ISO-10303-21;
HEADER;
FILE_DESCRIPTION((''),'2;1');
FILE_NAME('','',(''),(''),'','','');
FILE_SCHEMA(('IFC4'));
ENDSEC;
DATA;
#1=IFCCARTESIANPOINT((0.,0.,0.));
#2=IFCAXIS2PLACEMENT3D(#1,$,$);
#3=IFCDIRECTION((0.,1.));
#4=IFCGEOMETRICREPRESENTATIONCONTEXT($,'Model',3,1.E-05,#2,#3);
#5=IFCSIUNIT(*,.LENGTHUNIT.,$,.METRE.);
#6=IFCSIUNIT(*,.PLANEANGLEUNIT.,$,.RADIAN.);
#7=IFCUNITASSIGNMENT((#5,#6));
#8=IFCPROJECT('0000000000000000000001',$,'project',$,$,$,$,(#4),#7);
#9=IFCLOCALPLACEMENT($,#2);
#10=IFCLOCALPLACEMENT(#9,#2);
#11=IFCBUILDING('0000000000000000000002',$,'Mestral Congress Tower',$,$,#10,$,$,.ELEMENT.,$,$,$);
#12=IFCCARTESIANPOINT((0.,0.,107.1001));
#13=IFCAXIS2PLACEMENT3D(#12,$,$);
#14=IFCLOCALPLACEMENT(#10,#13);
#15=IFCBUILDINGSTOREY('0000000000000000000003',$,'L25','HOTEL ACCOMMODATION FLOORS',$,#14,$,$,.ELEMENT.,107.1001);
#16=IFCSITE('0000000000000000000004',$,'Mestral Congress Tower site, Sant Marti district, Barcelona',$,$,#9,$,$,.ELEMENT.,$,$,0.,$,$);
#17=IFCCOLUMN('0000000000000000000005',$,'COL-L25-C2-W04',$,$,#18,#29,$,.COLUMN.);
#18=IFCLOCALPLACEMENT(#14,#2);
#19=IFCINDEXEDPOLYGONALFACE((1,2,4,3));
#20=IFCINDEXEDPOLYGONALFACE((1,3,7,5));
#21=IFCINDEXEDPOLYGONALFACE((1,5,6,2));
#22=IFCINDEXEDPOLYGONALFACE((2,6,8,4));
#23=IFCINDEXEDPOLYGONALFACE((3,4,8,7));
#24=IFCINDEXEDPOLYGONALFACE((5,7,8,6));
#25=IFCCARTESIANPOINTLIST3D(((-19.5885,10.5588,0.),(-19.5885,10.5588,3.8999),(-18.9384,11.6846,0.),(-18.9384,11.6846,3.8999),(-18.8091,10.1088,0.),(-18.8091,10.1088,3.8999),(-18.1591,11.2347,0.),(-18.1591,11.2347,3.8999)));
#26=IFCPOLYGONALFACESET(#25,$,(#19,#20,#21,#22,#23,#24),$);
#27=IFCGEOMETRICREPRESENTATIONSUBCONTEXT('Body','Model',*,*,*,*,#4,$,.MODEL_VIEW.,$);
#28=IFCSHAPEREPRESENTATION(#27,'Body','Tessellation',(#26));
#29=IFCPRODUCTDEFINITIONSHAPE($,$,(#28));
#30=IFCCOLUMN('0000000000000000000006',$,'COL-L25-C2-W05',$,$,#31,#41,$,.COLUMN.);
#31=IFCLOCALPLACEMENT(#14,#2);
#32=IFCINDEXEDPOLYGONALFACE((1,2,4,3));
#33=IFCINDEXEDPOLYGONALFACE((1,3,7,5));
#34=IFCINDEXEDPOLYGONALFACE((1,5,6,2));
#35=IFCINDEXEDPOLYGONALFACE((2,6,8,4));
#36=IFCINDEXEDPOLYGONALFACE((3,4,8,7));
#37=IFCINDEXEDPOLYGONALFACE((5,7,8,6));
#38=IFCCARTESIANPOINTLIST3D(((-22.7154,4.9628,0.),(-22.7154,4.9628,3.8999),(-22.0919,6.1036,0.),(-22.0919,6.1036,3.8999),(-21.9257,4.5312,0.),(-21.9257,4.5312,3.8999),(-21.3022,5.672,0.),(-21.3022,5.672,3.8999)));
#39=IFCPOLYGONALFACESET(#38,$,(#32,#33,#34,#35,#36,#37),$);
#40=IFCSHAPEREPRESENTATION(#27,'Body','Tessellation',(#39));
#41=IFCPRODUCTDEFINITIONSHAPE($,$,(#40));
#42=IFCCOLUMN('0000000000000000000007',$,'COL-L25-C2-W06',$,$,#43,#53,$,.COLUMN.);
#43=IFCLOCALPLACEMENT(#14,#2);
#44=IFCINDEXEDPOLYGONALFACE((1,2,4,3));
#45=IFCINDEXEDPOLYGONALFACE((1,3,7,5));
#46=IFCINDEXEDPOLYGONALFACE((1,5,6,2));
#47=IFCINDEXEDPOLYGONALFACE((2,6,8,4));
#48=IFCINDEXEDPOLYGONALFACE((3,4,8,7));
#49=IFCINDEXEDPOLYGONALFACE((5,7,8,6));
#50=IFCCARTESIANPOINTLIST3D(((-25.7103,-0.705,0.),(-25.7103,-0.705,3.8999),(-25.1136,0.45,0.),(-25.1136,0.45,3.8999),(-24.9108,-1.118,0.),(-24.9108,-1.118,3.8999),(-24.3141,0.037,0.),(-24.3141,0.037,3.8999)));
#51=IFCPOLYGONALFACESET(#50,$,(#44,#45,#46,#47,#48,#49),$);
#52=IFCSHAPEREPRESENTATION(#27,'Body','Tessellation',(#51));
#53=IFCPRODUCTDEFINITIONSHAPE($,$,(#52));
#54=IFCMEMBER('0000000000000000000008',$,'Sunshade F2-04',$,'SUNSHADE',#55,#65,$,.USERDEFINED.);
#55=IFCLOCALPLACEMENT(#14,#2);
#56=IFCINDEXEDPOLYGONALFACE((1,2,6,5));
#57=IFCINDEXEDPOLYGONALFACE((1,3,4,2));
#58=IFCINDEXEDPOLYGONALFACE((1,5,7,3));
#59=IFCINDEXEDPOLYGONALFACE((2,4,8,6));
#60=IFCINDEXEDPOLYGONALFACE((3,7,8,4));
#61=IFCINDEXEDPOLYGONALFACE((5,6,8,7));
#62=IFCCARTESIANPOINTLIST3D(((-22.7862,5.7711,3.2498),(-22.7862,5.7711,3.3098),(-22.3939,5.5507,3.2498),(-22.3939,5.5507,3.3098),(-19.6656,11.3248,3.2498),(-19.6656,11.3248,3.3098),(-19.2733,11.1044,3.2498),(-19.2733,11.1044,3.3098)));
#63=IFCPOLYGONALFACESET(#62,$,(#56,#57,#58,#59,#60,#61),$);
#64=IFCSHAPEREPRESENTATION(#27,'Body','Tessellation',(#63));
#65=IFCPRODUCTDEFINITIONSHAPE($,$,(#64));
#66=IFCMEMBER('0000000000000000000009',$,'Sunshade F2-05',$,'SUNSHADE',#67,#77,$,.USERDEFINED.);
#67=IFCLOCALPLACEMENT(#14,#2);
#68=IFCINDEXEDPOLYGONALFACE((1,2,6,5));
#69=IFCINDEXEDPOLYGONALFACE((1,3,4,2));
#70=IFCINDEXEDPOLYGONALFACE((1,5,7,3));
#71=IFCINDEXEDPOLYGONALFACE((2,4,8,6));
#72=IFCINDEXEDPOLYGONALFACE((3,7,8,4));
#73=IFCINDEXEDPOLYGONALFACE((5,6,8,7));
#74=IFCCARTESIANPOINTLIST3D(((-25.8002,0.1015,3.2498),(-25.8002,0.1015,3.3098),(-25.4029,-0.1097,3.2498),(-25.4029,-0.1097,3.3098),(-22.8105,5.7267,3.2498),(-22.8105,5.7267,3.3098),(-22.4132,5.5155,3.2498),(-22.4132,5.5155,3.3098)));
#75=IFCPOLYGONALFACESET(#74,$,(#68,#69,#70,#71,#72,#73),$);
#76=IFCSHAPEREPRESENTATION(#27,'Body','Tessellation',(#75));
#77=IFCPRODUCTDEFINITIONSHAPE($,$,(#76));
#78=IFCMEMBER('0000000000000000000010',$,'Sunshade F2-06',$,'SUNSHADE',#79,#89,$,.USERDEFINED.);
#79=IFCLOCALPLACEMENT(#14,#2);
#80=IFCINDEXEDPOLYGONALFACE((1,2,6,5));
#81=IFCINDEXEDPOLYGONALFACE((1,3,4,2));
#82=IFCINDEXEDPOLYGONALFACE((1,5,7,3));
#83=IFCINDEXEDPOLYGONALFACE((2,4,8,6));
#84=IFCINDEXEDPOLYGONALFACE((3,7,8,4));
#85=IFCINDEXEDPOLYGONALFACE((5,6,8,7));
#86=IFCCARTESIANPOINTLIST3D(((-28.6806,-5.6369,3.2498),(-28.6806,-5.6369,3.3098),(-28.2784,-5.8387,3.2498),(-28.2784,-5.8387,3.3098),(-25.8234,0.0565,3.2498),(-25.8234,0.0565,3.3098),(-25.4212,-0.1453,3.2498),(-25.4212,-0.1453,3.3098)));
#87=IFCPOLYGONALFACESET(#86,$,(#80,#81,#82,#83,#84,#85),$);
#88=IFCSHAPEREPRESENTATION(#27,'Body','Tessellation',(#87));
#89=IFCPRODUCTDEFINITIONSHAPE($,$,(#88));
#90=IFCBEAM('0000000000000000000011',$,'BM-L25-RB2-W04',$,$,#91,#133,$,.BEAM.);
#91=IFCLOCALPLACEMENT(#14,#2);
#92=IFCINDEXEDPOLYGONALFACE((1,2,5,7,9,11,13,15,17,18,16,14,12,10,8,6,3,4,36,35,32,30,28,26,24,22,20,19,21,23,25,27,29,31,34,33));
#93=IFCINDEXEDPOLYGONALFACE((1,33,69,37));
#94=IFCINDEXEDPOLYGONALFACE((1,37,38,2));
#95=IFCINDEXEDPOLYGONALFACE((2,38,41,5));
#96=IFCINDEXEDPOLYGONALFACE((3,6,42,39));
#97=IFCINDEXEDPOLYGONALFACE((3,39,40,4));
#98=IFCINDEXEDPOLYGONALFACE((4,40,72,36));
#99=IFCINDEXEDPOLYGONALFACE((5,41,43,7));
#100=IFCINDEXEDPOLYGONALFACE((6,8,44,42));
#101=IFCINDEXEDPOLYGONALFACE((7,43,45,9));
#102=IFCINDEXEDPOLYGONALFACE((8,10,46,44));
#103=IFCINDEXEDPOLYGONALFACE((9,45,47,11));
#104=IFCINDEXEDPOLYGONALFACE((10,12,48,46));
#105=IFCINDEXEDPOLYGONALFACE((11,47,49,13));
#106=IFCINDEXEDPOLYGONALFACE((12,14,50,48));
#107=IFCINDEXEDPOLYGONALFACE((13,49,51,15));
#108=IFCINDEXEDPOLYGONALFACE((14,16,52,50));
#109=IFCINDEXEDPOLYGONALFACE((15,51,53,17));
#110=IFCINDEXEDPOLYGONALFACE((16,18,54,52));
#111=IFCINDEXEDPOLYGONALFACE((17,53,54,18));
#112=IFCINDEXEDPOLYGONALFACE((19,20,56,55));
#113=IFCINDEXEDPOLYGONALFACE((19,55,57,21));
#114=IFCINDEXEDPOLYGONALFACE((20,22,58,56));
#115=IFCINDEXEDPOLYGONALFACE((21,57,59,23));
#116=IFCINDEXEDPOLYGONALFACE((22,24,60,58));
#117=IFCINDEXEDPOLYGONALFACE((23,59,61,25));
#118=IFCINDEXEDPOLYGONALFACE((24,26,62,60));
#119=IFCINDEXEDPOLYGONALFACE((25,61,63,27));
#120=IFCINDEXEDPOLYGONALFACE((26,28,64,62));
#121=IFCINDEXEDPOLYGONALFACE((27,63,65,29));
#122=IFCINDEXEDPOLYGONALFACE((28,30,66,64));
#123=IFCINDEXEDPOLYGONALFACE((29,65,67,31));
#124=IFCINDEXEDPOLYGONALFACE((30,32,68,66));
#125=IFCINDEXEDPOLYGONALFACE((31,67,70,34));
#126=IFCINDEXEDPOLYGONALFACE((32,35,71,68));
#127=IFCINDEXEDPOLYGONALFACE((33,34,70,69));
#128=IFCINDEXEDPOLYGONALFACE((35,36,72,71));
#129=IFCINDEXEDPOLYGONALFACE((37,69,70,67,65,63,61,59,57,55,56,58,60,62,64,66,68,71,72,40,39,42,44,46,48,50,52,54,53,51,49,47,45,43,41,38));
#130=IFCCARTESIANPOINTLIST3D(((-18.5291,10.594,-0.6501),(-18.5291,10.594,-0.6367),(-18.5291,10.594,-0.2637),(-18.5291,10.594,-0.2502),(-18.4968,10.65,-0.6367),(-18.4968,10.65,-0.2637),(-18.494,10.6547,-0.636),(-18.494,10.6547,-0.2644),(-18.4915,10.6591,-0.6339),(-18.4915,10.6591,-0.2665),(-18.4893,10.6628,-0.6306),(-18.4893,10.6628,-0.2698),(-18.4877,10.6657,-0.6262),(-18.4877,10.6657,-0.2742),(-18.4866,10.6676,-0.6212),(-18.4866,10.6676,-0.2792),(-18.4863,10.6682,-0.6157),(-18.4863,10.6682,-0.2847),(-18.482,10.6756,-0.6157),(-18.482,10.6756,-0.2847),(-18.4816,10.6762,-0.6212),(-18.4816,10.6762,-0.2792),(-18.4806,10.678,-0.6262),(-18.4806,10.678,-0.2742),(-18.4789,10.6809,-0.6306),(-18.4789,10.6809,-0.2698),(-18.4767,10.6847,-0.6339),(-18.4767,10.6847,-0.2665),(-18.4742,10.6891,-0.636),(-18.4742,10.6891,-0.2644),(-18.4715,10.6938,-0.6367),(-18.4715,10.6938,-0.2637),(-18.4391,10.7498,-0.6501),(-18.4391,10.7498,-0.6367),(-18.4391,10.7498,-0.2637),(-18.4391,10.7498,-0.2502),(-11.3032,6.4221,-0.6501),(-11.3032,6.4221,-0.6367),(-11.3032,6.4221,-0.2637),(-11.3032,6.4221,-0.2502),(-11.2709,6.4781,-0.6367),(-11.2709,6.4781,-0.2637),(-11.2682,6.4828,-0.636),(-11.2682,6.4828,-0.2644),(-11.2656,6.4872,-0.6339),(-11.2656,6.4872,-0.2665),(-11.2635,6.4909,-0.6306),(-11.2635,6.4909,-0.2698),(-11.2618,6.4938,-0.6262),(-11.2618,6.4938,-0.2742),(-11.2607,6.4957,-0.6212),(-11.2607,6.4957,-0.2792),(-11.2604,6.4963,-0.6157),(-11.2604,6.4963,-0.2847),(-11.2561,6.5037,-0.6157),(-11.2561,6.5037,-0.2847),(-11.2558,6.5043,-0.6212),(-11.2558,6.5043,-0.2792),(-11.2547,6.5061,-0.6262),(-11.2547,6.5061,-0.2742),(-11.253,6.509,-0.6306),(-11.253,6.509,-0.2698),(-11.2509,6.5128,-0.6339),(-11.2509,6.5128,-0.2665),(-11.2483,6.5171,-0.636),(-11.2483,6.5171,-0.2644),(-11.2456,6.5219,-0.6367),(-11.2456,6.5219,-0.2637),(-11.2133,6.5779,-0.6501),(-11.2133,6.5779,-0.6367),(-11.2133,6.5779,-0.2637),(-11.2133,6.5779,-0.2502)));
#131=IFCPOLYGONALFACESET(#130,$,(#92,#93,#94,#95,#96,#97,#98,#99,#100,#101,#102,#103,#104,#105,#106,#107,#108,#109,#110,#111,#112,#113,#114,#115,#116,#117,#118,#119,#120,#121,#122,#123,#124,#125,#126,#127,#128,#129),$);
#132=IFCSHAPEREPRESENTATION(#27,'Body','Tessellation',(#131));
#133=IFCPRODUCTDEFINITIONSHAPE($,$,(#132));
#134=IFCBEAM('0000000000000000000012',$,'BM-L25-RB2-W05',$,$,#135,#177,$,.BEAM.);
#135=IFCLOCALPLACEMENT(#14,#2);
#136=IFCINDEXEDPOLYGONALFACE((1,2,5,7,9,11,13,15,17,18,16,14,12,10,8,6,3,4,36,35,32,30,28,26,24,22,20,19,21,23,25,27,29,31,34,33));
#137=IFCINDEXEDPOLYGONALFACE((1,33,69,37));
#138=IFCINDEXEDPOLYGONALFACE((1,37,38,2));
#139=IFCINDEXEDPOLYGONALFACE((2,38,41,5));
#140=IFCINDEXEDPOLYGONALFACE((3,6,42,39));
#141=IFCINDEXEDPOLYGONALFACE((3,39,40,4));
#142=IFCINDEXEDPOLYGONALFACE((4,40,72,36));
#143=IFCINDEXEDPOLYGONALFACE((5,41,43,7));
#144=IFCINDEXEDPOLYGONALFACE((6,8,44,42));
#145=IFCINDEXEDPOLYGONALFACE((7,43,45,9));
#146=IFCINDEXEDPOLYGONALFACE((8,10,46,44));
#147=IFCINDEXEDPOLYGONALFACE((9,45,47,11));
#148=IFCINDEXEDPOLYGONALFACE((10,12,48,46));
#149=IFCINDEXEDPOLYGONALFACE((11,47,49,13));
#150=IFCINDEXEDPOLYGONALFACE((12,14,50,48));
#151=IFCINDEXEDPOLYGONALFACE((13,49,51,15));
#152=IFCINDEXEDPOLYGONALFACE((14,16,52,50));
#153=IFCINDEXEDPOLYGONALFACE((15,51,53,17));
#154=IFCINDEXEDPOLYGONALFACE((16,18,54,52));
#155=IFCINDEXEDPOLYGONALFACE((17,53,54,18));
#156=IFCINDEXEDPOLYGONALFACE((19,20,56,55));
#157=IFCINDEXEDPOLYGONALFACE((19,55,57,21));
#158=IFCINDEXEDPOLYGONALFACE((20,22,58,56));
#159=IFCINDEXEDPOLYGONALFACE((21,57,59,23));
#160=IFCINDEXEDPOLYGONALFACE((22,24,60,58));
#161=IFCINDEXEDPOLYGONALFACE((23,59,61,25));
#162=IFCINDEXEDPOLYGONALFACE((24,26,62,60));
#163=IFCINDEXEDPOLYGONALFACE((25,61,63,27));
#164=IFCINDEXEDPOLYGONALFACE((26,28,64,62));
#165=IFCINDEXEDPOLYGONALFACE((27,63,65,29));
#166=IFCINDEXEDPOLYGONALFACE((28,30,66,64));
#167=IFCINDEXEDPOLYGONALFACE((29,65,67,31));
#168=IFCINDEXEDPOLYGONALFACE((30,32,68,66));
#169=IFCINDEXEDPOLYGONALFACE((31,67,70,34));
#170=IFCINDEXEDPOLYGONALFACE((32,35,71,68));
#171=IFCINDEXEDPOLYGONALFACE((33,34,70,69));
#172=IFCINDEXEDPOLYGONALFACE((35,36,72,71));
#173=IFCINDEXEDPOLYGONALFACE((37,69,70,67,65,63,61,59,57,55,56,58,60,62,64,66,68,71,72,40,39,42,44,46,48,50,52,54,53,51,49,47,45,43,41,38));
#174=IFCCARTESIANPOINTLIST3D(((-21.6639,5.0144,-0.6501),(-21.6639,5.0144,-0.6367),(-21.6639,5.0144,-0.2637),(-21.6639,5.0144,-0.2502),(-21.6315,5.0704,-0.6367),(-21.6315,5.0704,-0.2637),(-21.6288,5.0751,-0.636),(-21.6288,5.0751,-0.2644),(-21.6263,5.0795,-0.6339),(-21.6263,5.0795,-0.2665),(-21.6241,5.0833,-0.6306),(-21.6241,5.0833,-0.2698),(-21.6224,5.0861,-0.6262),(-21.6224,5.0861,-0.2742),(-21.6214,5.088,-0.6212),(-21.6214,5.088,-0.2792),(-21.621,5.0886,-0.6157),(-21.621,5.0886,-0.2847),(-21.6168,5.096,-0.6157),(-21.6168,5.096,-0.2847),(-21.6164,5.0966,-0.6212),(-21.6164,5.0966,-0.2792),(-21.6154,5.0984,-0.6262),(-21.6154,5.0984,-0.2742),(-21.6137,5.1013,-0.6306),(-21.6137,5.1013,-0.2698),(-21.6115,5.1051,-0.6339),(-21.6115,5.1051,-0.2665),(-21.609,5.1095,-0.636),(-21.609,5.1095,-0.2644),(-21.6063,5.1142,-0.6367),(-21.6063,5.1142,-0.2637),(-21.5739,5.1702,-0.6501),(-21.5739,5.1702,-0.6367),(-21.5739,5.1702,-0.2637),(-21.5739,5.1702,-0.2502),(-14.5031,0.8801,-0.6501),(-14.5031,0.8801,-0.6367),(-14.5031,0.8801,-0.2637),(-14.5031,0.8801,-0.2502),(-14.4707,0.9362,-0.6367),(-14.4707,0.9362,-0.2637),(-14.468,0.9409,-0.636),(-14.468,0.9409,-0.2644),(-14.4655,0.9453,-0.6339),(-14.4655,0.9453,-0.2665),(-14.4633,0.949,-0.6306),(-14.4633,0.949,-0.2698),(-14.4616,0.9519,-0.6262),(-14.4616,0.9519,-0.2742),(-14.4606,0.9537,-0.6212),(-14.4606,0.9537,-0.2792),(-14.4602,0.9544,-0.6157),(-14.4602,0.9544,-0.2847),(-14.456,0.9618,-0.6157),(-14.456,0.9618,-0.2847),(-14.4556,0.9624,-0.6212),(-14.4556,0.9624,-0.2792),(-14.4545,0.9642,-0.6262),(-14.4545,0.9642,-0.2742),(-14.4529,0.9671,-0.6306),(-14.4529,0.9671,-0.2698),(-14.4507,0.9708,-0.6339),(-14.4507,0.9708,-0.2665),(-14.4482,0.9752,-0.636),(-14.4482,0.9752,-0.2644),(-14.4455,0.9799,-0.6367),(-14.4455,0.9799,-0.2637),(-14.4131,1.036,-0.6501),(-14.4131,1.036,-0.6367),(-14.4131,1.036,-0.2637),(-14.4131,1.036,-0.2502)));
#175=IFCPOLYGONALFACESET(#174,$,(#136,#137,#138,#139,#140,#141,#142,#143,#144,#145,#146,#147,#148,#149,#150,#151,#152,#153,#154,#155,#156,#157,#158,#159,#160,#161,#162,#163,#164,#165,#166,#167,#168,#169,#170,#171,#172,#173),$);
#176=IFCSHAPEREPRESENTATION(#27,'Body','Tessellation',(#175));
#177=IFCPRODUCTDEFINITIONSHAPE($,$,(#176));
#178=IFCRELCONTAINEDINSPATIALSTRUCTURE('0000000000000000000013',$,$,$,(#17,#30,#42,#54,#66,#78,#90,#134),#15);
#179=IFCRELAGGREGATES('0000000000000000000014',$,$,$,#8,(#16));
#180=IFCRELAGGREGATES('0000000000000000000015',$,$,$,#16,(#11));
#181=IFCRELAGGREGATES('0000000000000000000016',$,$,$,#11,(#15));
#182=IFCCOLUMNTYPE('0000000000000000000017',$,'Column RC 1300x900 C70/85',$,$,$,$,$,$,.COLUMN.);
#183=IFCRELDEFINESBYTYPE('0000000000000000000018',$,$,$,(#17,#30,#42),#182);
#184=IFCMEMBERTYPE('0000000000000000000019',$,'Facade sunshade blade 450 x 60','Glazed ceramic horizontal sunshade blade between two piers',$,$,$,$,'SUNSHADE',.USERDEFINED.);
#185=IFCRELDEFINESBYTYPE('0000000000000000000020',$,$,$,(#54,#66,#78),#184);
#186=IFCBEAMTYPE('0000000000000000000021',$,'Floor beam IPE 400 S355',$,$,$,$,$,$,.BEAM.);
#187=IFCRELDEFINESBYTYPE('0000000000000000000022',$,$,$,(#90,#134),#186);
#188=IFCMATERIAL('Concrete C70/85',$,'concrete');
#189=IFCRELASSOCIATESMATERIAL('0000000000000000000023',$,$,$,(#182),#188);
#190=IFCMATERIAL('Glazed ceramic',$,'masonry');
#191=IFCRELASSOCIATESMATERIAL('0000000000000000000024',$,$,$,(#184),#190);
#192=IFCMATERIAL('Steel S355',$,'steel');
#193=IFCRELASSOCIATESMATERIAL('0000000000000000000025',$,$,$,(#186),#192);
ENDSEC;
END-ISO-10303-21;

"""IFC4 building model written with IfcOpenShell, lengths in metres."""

from ifc_helpers import new_model, si_unit, direction, frame, origin, origin_2d, place, context, subcontext, project, spatial, rectangle, i_section, extrude, material, material_profile, profile_set, type_object, element, save


model = new_model("IFC4")

# Units and contexts
model_context = context("Model", 3, precision=1e-05, world=origin(), true_north=direction((0.0, 1.0)))
body_context = subcontext(model_context, "Body", "Model", "MODEL_VIEW")
ifc_project = project(units=[si_unit("LENGTHUNIT", "METRE"), si_unit("PLANEANGLEUNIT", "RADIAN")], contexts=[model_context])

# Site, building, storey
site_placement = place(None, origin())
site = spatial("IfcSite", under=ifc_project, at=site_placement, Name="Mestral Congress Tower site, Sant Marti district, Barcelona", CompositionType="ELEMENT", RefElevation=0.0)
building_placement = place(site_placement, origin())
building = spatial("IfcBuilding", under=site, at=building_placement, Name="Mestral Congress Tower", CompositionType="ELEMENT")
storey_placement = place(building_placement, frame((0.0, 0.0, 107.1001)))
storey = spatial("IfcBuildingStorey", under=building, at=storey_placement, Name="L25", Description="HOTEL ACCOMMODATION FLOORS", CompositionType="ELEMENT", Elevation=107.1001)

# Columns
ifc_material_1 = material(Name="Concrete C70/85", Category="concrete")
ifc_material_profile_1 = material_profile(ifc_material_1, rectangle(XDim=1.3, YDim=0.8999, at=origin_2d()), Name="RC 1300x900")
ifc_profile_set_1 = profile_set([ifc_material_profile_1], Name="Concrete C70/85")
column_type = type_object("IfcColumnType", Name="Column RC 1300x900 C70/85", PredefinedType="COLUMN", material=ifc_profile_set_1)
for number, where, z_axis, x_axis, name in (
    (1, (-18.8738, 10.8967, 0.0), (0.0, 0.0, 1.0), (-0.5, -0.866025, 0.0), "COL-L25-C2-W04"),
    (2, (-22.0088, 5.3174, 0.0), (0.0, 0.0, 1.0), (-0.479613, -0.87748, 0.0), "COL-L25-C2-W05"),
    (3, (-25.0122, -0.334, 0.0), (0.0, 0.0, 1.0), (-0.458961, -0.888456, 0.0), "COL-L25-C2-W06"),
):
    element("IfcColumn", number, at=place(storey_placement, frame(where, z_axis=z_axis, x_axis=x_axis)), inside=storey, type_object=column_type, Name=name, PredefinedType="COLUMN", context=body_context, shape_type="SweptSolid", body=[
        extrude(rectangle(XDim=1.3, YDim=0.8999, at=origin_2d()), origin(), (0.0, 0.0, 1.0), 3.8999),
    ])

# Members
ifc_material_2 = material(Name="Glazed ceramic", Category="masonry")
ifc_material_profile_2 = material_profile(ifc_material_2, rectangle(XDim=0.45, YDim=0.0601, at=origin_2d()), Name="Ceramic blade 450 x 60")
ifc_profile_set_2 = profile_set([ifc_material_profile_2], Name="Glazed ceramic")
member_type = type_object("IfcMemberType", Name="Facade sunshade blade 450 x 60", Description="Glazed ceramic horizontal sunshade blade between two piers", ElementType="SUNSHADE", PredefinedType="USERDEFINED", material=ifc_profile_set_2)
for number, where, z_axis, x_axis, name in (
    (4, (-19.4695, 11.2146, 3.2798), (-0.489861, -0.871801, 0.0), (0.871801, -0.489861, 0.0), "Sunshade F2-04"),
    (5, (-22.6118, 5.6211, 3.2798), (-0.469319, -0.883029, 0.0), (0.883029, -0.469319, 0.0), "Sunshade F2-05"),
):
    element("IfcMember", number, at=place(storey_placement, frame(where, z_axis=z_axis, x_axis=x_axis)), inside=storey, type_object=member_type, Name=name, ObjectType="SUNSHADE", PredefinedType="USERDEFINED", context=body_context, shape_type="SweptSolid", body=[
        extrude(rectangle(XDim=0.45, YDim=0.0601, at=origin_2d()), origin(), (0.0, 0.0, 1.0), 6.3704),
    ])
member_placement = place(storey_placement, frame((-25.6223, -0.0444, 3.2798), z_axis=(-0.448532, -0.893767, 0.0), x_axis=(0.893767, -0.448532, 0.0)))
element("IfcMember", 6, at=member_placement, inside=storey, type_object=member_type, Name="Sunshade F2-06", ObjectType="SUNSHADE", PredefinedType="USERDEFINED", context=body_context, shape_type="SweptSolid", body=[
    extrude(rectangle(XDim=0.45, YDim=0.0601, at=origin_2d()), origin(), (0.0, 0.0, 1.0), 6.3701),
])

# Beams
ifc_material_3 = material(Name="Steel S355", Category="steel")
ifc_material_profile_3 = material_profile(ifc_material_3, i_section(OverallWidth=0.1799, OverallDepth=0.3999, WebThickness=0.0085, FlangeThickness=0.0134, FilletRadius=0.021, at=origin_2d()), Name="IPE 400")
ifc_profile_set_3 = profile_set([ifc_material_profile_3], Name="Steel S355")
beam_type_1 = type_object("IfcBeamType", Name="Floor beam IPE 400 S355", PredefinedType="BEAM", material=ifc_profile_set_3)
beam_1_placement = place(storey_placement, frame((-18.4841, 10.6719, -0.4502), z_axis=(0.866023, -0.500004, 0.0), x_axis=(0.500004, 0.866023, 0.0)))
element("IfcBeam", 7, at=beam_1_placement, inside=storey, type_object=beam_type_1, Name="BM-L25-RB2-W04", PredefinedType="BEAM", context=body_context, shape_type="SweptSolid", body=[
    extrude(i_section(OverallWidth=0.1799, OverallDepth=0.3999, WebThickness=0.0085, FlangeThickness=0.0134, FilletRadius=0.021, at=origin_2d()), origin(), (0.0, 0.0, 1.0), 8.3438),
])
beam_2_placement = place(storey_placement, frame((-21.6189, 5.0923, -0.4502), z_axis=(0.866029, -0.499994, 0.0), x_axis=(0.499994, 0.866029, 0.0)))
element("IfcBeam", 8, at=beam_2_placement, inside=storey, type_object=beam_type_1, Name="BM-L25-RB2-W05", PredefinedType="BEAM", context=body_context, shape_type="SweptSolid", body=[
    extrude(i_section(OverallWidth=0.1799, OverallDepth=0.3999, WebThickness=0.0085, FlangeThickness=0.0134, FilletRadius=0.021, at=origin_2d()), origin(), (0.0, 0.0, 1.0), 8.2686),
])

save(model, "model.ifc")
